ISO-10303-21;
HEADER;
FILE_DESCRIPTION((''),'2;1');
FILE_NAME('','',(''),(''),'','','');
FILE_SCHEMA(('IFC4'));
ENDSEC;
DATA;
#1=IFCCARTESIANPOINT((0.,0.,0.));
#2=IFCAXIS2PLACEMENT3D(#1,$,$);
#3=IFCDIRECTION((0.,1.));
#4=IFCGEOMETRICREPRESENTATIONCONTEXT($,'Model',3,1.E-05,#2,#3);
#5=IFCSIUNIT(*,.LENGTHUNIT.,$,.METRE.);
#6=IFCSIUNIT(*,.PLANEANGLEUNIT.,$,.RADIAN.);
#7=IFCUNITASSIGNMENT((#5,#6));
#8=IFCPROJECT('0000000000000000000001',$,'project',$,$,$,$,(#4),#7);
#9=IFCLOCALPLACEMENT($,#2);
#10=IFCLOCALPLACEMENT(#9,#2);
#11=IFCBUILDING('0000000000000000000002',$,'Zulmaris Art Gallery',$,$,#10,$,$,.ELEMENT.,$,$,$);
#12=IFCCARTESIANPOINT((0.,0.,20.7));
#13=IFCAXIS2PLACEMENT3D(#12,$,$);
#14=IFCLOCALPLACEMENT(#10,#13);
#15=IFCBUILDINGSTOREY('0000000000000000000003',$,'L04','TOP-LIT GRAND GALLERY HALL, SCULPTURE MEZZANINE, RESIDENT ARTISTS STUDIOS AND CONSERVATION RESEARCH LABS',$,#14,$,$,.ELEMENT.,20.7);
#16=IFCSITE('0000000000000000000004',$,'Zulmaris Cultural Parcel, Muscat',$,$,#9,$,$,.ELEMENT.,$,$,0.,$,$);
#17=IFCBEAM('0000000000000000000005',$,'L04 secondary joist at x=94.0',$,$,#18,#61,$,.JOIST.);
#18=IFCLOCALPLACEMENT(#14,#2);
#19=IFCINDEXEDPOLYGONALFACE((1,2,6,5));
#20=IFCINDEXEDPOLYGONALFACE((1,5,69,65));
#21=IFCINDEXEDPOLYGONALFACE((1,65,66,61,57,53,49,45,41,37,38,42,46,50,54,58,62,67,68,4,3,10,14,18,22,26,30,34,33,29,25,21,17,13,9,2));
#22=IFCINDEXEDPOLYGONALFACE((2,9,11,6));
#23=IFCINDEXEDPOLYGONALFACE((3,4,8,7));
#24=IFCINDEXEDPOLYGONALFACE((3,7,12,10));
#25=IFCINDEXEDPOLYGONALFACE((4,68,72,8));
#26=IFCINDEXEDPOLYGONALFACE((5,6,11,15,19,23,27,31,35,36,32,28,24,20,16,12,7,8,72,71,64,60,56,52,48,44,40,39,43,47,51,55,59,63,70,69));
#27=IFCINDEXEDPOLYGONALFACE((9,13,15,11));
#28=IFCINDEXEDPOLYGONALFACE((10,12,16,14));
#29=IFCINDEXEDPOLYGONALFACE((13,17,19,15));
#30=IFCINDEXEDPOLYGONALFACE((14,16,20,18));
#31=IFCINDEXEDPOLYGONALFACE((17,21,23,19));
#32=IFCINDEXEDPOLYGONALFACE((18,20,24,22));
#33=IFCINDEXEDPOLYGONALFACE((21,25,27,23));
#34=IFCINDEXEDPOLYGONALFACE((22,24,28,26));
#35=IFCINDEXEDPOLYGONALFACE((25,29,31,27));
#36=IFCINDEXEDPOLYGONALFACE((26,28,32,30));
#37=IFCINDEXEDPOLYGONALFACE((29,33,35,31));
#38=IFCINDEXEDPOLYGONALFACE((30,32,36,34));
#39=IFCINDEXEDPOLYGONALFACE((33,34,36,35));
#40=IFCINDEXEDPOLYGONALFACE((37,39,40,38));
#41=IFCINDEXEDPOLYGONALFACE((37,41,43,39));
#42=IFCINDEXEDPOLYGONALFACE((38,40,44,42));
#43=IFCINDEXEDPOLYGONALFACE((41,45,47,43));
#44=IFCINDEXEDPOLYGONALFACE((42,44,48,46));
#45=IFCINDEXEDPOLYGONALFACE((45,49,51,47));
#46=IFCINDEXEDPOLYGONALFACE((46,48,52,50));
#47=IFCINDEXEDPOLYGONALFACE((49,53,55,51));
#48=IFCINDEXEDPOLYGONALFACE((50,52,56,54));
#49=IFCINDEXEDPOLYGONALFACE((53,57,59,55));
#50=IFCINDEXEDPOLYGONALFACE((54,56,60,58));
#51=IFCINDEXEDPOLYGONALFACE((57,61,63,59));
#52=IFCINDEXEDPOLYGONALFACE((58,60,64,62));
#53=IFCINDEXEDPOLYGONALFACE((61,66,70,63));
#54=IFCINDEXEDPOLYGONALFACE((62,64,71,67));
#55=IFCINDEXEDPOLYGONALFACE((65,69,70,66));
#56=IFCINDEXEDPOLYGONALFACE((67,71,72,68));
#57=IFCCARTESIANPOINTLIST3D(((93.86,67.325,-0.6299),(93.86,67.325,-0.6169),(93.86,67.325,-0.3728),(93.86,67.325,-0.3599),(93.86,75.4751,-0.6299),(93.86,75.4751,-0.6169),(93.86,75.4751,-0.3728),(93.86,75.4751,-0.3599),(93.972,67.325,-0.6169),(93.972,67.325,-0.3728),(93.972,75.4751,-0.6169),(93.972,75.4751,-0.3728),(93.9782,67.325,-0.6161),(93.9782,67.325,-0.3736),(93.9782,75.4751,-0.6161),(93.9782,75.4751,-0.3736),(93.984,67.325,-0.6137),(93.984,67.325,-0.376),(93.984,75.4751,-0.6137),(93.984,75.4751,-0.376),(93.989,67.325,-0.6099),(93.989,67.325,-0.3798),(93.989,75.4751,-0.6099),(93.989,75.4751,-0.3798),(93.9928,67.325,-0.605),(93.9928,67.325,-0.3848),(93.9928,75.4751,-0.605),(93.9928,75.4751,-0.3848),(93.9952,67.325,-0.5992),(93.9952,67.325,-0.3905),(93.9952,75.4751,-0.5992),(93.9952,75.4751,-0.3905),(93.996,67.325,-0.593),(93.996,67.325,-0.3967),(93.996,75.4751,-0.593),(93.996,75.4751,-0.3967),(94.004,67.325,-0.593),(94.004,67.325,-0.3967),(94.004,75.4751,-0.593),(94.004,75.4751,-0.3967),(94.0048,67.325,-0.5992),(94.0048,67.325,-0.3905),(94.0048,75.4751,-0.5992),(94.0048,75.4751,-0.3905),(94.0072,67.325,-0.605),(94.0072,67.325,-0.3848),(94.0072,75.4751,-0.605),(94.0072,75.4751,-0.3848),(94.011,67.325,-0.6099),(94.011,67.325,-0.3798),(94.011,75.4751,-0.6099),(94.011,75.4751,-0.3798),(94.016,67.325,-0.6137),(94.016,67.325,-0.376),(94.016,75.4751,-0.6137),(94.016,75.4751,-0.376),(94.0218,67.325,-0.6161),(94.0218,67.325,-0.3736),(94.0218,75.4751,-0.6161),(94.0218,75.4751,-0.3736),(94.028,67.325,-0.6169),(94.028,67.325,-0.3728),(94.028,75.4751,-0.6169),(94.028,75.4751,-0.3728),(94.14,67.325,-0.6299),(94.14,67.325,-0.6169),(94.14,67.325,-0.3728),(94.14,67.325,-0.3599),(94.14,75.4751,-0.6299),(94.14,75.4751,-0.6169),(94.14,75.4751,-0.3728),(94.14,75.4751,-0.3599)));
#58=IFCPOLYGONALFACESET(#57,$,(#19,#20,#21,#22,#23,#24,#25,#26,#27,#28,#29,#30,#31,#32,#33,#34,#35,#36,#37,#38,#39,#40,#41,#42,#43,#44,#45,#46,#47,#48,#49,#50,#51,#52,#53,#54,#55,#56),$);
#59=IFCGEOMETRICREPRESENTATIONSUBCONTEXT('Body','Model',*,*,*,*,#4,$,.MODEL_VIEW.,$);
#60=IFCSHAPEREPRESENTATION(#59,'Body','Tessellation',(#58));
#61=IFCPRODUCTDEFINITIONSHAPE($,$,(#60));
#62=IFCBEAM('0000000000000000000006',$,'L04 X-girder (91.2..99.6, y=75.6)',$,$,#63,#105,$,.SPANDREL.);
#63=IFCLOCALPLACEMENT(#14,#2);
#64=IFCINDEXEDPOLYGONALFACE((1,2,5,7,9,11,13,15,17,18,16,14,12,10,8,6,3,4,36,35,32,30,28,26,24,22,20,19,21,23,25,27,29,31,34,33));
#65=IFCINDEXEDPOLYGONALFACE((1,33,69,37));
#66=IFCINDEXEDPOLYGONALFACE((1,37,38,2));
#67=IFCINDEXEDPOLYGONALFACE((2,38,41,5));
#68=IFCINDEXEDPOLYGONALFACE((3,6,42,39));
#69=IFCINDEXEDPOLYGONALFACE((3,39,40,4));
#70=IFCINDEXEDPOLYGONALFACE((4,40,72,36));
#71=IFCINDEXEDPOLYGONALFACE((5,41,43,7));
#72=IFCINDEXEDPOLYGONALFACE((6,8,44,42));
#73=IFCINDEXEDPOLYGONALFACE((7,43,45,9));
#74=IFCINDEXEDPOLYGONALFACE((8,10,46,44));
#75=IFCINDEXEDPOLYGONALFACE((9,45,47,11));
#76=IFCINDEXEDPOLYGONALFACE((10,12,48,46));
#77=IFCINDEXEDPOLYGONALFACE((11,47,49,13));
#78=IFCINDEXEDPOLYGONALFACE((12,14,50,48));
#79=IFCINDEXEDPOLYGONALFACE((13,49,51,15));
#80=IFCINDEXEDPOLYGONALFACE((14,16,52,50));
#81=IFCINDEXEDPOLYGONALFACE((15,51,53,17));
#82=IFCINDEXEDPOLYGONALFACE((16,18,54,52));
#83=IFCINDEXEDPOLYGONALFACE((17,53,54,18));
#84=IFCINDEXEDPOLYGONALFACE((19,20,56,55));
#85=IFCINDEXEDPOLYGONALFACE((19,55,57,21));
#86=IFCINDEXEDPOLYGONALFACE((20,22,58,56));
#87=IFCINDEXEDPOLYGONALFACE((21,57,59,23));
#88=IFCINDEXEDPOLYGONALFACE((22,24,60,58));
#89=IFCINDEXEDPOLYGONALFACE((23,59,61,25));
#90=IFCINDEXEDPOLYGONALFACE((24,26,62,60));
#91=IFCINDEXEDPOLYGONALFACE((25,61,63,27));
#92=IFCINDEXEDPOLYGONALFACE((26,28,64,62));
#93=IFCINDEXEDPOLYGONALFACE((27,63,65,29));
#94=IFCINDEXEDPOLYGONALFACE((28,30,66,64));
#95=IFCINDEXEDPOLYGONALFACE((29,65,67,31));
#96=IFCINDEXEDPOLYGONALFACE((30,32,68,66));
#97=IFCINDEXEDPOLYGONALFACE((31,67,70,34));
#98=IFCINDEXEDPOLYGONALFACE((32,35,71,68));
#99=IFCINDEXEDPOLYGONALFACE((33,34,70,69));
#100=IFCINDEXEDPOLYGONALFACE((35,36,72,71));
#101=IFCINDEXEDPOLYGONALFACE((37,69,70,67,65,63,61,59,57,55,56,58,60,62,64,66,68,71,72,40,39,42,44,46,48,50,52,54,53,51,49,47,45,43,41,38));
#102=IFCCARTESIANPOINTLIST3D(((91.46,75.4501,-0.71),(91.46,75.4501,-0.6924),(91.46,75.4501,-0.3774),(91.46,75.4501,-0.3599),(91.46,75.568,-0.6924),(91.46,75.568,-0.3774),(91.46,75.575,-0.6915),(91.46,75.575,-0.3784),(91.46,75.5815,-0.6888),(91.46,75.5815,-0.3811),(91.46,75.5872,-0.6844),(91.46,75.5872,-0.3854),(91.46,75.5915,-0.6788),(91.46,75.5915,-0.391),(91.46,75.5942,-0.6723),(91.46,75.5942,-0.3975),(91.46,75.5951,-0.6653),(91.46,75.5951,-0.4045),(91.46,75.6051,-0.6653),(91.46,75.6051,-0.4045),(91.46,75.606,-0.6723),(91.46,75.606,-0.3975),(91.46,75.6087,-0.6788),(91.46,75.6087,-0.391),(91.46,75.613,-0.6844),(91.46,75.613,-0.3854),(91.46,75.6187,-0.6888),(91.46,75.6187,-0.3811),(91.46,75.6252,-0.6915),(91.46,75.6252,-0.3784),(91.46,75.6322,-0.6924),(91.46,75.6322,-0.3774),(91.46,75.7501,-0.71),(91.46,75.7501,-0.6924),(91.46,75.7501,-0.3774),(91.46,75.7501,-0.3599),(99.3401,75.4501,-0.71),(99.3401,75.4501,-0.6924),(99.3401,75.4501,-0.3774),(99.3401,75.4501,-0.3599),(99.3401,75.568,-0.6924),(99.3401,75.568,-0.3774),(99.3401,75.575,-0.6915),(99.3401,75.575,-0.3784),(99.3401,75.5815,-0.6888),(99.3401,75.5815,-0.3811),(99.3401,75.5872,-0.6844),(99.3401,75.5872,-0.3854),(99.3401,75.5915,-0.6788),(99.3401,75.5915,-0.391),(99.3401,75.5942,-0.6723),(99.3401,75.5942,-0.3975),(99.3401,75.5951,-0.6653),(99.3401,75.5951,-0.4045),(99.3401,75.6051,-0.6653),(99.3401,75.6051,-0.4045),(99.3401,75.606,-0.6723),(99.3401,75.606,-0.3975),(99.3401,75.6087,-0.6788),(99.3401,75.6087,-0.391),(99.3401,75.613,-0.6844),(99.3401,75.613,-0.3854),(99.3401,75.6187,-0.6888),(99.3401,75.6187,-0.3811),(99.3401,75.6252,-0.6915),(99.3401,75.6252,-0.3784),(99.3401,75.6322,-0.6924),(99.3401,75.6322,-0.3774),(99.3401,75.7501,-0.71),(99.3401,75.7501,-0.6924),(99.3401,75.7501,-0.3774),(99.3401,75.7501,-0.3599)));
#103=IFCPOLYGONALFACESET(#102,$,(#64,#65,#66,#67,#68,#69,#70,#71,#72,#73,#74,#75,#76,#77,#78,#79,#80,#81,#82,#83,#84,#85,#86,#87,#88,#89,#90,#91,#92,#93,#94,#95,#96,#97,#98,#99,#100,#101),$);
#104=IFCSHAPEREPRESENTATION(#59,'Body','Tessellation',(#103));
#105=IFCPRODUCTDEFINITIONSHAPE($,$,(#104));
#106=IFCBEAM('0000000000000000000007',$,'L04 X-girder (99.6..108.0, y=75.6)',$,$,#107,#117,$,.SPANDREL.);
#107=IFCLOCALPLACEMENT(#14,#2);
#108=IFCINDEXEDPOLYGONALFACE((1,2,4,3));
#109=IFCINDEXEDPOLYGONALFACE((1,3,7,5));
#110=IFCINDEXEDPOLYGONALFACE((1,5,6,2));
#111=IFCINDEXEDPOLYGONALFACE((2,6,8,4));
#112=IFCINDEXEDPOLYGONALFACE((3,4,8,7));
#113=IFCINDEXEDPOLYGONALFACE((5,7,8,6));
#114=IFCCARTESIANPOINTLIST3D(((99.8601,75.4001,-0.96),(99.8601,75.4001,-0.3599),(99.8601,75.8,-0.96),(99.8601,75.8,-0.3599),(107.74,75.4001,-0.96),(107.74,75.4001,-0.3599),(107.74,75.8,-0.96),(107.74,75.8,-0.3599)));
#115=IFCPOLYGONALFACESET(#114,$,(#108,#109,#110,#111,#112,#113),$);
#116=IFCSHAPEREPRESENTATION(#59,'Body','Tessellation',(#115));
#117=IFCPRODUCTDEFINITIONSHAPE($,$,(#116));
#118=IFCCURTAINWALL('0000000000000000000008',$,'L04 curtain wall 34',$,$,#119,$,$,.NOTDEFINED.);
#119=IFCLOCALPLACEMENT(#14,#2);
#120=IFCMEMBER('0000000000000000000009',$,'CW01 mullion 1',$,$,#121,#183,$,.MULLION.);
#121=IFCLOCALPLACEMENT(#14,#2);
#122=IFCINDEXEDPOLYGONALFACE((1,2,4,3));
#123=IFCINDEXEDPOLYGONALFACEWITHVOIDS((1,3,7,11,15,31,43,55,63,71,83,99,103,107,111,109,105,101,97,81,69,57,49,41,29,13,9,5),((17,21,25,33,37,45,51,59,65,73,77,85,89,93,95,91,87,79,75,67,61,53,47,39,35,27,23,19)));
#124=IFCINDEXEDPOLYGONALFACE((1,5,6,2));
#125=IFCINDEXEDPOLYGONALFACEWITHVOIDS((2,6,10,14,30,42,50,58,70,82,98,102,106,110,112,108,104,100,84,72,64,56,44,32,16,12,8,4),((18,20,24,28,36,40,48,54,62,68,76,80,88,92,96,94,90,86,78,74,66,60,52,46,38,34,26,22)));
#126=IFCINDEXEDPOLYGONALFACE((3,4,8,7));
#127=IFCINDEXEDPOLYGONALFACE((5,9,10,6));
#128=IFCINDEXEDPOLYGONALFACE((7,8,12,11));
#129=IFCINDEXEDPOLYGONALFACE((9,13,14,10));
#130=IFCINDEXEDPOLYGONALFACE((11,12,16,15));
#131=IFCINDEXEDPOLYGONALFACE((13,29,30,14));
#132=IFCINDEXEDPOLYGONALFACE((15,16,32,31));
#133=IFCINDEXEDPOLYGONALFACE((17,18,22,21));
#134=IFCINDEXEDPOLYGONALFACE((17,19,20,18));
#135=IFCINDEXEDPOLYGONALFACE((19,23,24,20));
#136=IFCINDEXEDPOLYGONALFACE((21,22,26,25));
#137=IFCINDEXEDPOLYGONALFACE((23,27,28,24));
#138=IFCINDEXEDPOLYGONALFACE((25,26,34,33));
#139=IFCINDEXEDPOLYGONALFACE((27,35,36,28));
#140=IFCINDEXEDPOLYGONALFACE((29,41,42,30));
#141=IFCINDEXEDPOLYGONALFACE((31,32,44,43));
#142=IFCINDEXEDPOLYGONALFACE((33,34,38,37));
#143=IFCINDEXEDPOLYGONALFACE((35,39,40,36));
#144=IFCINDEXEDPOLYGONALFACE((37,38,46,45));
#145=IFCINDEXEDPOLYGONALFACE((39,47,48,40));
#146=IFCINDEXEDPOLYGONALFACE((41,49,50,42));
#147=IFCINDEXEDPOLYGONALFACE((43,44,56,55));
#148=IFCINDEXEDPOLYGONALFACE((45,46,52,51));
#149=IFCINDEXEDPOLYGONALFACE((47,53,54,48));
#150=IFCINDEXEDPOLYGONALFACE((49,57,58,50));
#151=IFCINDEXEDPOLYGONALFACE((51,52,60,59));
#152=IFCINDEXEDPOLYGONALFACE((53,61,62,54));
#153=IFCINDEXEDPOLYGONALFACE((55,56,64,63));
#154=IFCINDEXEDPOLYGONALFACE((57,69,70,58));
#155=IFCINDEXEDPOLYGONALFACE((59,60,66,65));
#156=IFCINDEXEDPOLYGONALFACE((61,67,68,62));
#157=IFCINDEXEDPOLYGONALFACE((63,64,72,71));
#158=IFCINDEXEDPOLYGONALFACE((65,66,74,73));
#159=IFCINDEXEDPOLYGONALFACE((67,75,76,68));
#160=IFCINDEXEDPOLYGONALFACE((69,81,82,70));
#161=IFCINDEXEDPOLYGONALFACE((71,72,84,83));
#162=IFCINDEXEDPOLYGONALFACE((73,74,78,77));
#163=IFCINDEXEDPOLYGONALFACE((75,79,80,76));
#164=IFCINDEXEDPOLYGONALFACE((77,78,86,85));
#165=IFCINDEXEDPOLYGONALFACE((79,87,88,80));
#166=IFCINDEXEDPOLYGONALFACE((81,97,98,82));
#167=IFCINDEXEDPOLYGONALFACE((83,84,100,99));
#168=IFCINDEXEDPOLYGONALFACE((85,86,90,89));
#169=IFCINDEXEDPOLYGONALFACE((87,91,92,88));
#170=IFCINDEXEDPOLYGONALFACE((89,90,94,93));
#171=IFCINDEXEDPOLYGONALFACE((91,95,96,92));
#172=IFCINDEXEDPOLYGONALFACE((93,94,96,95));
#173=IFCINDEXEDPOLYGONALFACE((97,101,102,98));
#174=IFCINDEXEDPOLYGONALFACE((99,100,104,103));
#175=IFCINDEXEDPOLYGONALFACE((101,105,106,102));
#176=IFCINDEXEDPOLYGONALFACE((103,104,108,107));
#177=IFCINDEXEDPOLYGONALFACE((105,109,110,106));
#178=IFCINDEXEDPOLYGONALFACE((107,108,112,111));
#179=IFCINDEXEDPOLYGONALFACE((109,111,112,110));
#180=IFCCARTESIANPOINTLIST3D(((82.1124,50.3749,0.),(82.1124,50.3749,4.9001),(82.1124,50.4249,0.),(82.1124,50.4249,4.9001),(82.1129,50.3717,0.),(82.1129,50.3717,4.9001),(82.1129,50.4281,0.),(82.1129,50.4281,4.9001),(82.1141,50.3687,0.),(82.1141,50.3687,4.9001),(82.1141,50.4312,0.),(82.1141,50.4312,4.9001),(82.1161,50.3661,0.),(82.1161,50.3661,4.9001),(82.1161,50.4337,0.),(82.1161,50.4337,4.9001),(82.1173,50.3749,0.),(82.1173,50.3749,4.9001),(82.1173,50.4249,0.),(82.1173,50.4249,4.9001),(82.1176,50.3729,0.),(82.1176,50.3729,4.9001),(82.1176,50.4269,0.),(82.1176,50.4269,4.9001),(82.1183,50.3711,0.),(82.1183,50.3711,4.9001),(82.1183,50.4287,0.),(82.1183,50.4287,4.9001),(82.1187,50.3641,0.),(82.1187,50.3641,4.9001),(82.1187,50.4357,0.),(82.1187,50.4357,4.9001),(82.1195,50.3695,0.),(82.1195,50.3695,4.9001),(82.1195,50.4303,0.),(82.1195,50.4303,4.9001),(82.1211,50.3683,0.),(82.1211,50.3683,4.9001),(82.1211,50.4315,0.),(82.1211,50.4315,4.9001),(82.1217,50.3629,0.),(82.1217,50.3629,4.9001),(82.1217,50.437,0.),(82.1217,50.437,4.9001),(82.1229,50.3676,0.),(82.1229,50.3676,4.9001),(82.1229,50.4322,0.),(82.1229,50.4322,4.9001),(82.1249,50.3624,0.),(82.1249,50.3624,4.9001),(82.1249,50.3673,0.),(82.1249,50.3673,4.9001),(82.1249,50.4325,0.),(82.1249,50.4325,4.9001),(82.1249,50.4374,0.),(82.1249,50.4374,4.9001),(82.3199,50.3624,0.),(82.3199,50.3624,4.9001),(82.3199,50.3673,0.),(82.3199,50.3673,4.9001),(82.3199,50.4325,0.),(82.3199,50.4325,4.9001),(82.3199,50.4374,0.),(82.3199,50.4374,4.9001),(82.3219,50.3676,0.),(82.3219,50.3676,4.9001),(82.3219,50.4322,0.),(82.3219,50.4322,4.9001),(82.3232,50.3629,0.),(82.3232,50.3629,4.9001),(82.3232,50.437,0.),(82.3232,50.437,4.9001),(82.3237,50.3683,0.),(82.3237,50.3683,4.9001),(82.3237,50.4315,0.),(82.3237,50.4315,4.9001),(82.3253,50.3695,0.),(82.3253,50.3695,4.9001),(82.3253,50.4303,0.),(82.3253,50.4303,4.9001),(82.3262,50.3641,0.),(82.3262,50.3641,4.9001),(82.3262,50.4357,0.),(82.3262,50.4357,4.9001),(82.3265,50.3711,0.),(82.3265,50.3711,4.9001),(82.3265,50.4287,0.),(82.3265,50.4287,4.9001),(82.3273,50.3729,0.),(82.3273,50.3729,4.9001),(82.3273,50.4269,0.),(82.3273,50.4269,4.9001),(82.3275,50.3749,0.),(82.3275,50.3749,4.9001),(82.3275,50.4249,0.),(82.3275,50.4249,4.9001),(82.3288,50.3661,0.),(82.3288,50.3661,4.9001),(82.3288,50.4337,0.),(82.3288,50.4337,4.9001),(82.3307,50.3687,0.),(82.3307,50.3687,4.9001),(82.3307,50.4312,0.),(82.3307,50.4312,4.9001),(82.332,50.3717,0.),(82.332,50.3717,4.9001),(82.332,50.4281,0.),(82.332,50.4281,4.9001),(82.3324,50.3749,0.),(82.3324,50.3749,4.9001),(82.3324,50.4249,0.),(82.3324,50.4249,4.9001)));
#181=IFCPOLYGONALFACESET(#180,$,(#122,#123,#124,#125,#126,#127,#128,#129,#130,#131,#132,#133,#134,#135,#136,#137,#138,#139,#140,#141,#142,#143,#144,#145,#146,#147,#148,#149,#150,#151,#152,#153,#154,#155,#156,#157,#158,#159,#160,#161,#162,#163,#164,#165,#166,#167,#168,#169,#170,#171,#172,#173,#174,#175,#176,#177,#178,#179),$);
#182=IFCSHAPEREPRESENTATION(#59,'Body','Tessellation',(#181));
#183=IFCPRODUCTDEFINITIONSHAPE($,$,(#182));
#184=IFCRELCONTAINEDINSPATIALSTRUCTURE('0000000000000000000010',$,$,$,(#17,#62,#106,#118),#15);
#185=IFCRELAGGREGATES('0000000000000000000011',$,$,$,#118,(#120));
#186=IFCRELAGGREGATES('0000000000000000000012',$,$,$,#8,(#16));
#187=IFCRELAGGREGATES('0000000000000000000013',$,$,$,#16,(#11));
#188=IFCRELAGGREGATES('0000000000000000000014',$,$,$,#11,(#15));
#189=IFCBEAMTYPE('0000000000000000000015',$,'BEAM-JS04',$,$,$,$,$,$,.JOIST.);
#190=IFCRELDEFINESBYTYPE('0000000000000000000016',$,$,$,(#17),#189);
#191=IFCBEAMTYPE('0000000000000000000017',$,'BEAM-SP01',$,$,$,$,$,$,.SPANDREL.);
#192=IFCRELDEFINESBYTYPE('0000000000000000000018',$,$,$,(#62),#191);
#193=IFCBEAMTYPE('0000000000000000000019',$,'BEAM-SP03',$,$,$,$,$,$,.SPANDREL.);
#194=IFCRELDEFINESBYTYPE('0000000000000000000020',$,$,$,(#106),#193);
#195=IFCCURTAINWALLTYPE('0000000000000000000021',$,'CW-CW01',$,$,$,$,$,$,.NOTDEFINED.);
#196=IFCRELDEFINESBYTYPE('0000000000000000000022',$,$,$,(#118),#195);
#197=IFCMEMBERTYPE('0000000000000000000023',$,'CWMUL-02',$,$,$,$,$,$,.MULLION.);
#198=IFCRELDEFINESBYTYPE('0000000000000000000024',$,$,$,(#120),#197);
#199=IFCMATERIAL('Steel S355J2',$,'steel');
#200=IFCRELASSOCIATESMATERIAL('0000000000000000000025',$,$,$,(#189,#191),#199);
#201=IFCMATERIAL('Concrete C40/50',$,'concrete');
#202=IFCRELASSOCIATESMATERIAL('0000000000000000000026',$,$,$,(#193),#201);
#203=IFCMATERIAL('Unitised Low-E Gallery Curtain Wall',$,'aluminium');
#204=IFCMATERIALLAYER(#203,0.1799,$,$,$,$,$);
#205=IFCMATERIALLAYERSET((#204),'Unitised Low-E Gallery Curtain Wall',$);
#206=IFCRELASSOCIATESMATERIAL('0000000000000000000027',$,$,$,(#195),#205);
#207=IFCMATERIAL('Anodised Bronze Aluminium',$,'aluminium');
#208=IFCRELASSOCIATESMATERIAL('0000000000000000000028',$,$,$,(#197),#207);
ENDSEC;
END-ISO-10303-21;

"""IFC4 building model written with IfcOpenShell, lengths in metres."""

from ifc_helpers import new_model, si_unit, direction, frame, origin, origin_2d, place, context, subcontext, project, spatial, rectangle, hollow_rectangle, i_section, extrude, material, layer, layer_set, material_profile, profile_set, type_object, element, aggregate, save


model = new_model("IFC4")

# Units and contexts
model_context = context("Model", 3, precision=1e-05, world=origin(), true_north=direction((0.0, 1.0)))
body_context = subcontext(model_context, "Body", "Model", "MODEL_VIEW")
ifc_project = project(units=[si_unit("LENGTHUNIT", "METRE"), si_unit("PLANEANGLEUNIT", "RADIAN")], contexts=[model_context])

# Site, building, storey
site_placement = place(None, origin())
site = spatial("IfcSite", under=ifc_project, at=site_placement, Name="Zulmaris Cultural Parcel, Muscat", CompositionType="ELEMENT", RefElevation=0.0)
building_placement = place(site_placement, origin())
building = spatial("IfcBuilding", under=site, at=building_placement, Name="Zulmaris Art Gallery", CompositionType="ELEMENT")
storey_placement = place(building_placement, frame((0.0, 0.0, 20.7)))
storey = spatial("IfcBuildingStorey", under=building, at=storey_placement, Name="L04", Description="TOP-LIT GRAND GALLERY HALL, SCULPTURE MEZZANINE, RESIDENT ARTISTS STUDIOS AND CONSERVATION RESEARCH LABS", CompositionType="ELEMENT", Elevation=20.7)

# Shared definitions
ifc_material_1 = material(Name="Concrete C40/50", Category="concrete")

# Beams
ifc_material_2 = material(Name="Steel S355J2", Category="steel")
ifc_material_profile_1 = material_profile(ifc_material_2, i_section(OverallWidth=0.28, OverallDepth=0.27, WebThickness=0.0081, FlangeThickness=0.0129, FilletRadius=0.0239, at=origin_2d()), Name="HEA 280")
ifc_profile_set_1 = profile_set([ifc_material_profile_1], Name="Steel S355J2")
beam_type_1 = type_object("IfcBeamType", Name="BEAM-JS04", PredefinedType="JOIST", material=ifc_profile_set_1)
beam_1_placement = place(storey_placement, frame((94.0, 67.325, -0.4949), z_axis=(0.0, 1.0, 0.0), x_axis=(-1.0, 0.0, 0.0)))
element("IfcBeam", 1, at=beam_1_placement, inside=storey, type_object=beam_type_1, Name="L04 secondary joist at x=94.0", PredefinedType="JOIST", context=body_context, shape_type="SweptSolid", body=[
    extrude(i_section(OverallWidth=0.28, OverallDepth=0.27, WebThickness=0.0081, FlangeThickness=0.0129, FilletRadius=0.0239, at=origin_2d()), origin(), (0.0, 0.0, 1.0), 8.1501),
])
ifc_material_profile_2 = material_profile(ifc_material_2, i_section(OverallWidth=0.3, OverallDepth=0.3501, WebThickness=0.01, FlangeThickness=0.0176, FilletRadius=0.0271, at=origin_2d()), Name="HEA 360")
ifc_profile_set_2 = profile_set([ifc_material_profile_2], Name="Steel S355J2")
beam_type_2 = type_object("IfcBeamType", Name="BEAM-SP01", PredefinedType="SPANDREL", material=ifc_profile_set_2)
beam_2_placement = place(storey_placement, frame((91.46, 75.6001, -0.5349), z_axis=(1.0, 0.0, 0.0), x_axis=(0.0, 1.0, 0.0)))
element("IfcBeam", 2, at=beam_2_placement, inside=storey, type_object=beam_type_2, Name="L04 X-girder (91.2..99.6, y=75.6)", PredefinedType="SPANDREL", context=body_context, shape_type="SweptSolid", body=[
    extrude(i_section(OverallWidth=0.3, OverallDepth=0.3501, WebThickness=0.01, FlangeThickness=0.0176, FilletRadius=0.0271, at=origin_2d()), origin(), (0.0, 0.0, 1.0), 7.8801),
])
ifc_material_profile_3 = material_profile(ifc_material_1, rectangle(XDim=0.3999, YDim=0.6001, at=origin_2d()), Name="RC 400x600")
ifc_profile_set_3 = profile_set([ifc_material_profile_3], Name="Concrete C40/50")
beam_type_3 = type_object("IfcBeamType", Name="BEAM-SP03", PredefinedType="SPANDREL", material=ifc_profile_set_3)
beam_3_placement = place(storey_placement, frame((99.8601, 75.6001, -0.6599), z_axis=(1.0, 0.0, 0.0), x_axis=(0.0, 1.0, 0.0)))
element("IfcBeam", 3, at=beam_3_placement, inside=storey, type_object=beam_type_3, Name="L04 X-girder (99.6..108.0, y=75.6)", PredefinedType="SPANDREL", context=body_context, shape_type="SweptSolid", body=[
    extrude(rectangle(XDim=0.3999, YDim=0.6001, at=origin_2d()), origin(), (0.0, 0.0, 1.0), 7.8799),
])

# Curtain wall, member
ifc_material_3 = material(Name="Unitised Low-E Gallery Curtain Wall", Category="aluminium")
ifc_layer_1 = layer(ifc_material_3, 0.1799)
ifc_layer_set_1 = layer_set([ifc_layer_1], Name="Unitised Low-E Gallery Curtain Wall")
curtain_wall_type = type_object("IfcCurtainWallType", Name="CW-CW01", PredefinedType="NOTDEFINED", material=ifc_layer_set_1)
curtain_wall_placement = place(storey_placement, origin())
curtain_wall = element("IfcCurtainWall", 4, at=curtain_wall_placement, inside=storey, type_object=curtain_wall_type, Name="L04 curtain wall 34", PredefinedType="NOTDEFINED")
ifc_material_4 = material(Name="Anodised Bronze Aluminium", Category="aluminium")
ifc_material_profile_4 = material_profile(ifc_material_4, hollow_rectangle(XDim=0.075, YDim=0.22, WallThickness=0.0049, InnerFilletRadius=0.0076, OuterFilletRadius=0.0125, at=origin_2d()), Name="ALU 75x220x5")
ifc_profile_set_4 = profile_set([ifc_material_profile_4], Name="Anodised Bronze Aluminium")
member_type_1 = type_object("IfcMemberType", Name="CWMUL-02", PredefinedType="MULLION", material=ifc_profile_set_4)
member_1_placement = place(storey_placement, frame((82.2224, 50.3999, 0.0), z_axis=(0.0, 0.0, 1.0), x_axis=(0.0, -1.0, 0.0)))
member_1 = element("IfcMember", 5, at=member_1_placement, type_object=member_type_1, Name="CW01 mullion 1", PredefinedType="MULLION", context=body_context, shape_type="SweptSolid", body=[
    extrude(hollow_rectangle(XDim=0.075, YDim=0.22, WallThickness=0.0049, InnerFilletRadius=0.0076, OuterFilletRadius=0.0125, at=origin_2d()), origin(), (0.0, 0.0, 1.0), 4.9001),
])
aggregate(curtain_wall, [member_1])

save(model, "model.ifc")
